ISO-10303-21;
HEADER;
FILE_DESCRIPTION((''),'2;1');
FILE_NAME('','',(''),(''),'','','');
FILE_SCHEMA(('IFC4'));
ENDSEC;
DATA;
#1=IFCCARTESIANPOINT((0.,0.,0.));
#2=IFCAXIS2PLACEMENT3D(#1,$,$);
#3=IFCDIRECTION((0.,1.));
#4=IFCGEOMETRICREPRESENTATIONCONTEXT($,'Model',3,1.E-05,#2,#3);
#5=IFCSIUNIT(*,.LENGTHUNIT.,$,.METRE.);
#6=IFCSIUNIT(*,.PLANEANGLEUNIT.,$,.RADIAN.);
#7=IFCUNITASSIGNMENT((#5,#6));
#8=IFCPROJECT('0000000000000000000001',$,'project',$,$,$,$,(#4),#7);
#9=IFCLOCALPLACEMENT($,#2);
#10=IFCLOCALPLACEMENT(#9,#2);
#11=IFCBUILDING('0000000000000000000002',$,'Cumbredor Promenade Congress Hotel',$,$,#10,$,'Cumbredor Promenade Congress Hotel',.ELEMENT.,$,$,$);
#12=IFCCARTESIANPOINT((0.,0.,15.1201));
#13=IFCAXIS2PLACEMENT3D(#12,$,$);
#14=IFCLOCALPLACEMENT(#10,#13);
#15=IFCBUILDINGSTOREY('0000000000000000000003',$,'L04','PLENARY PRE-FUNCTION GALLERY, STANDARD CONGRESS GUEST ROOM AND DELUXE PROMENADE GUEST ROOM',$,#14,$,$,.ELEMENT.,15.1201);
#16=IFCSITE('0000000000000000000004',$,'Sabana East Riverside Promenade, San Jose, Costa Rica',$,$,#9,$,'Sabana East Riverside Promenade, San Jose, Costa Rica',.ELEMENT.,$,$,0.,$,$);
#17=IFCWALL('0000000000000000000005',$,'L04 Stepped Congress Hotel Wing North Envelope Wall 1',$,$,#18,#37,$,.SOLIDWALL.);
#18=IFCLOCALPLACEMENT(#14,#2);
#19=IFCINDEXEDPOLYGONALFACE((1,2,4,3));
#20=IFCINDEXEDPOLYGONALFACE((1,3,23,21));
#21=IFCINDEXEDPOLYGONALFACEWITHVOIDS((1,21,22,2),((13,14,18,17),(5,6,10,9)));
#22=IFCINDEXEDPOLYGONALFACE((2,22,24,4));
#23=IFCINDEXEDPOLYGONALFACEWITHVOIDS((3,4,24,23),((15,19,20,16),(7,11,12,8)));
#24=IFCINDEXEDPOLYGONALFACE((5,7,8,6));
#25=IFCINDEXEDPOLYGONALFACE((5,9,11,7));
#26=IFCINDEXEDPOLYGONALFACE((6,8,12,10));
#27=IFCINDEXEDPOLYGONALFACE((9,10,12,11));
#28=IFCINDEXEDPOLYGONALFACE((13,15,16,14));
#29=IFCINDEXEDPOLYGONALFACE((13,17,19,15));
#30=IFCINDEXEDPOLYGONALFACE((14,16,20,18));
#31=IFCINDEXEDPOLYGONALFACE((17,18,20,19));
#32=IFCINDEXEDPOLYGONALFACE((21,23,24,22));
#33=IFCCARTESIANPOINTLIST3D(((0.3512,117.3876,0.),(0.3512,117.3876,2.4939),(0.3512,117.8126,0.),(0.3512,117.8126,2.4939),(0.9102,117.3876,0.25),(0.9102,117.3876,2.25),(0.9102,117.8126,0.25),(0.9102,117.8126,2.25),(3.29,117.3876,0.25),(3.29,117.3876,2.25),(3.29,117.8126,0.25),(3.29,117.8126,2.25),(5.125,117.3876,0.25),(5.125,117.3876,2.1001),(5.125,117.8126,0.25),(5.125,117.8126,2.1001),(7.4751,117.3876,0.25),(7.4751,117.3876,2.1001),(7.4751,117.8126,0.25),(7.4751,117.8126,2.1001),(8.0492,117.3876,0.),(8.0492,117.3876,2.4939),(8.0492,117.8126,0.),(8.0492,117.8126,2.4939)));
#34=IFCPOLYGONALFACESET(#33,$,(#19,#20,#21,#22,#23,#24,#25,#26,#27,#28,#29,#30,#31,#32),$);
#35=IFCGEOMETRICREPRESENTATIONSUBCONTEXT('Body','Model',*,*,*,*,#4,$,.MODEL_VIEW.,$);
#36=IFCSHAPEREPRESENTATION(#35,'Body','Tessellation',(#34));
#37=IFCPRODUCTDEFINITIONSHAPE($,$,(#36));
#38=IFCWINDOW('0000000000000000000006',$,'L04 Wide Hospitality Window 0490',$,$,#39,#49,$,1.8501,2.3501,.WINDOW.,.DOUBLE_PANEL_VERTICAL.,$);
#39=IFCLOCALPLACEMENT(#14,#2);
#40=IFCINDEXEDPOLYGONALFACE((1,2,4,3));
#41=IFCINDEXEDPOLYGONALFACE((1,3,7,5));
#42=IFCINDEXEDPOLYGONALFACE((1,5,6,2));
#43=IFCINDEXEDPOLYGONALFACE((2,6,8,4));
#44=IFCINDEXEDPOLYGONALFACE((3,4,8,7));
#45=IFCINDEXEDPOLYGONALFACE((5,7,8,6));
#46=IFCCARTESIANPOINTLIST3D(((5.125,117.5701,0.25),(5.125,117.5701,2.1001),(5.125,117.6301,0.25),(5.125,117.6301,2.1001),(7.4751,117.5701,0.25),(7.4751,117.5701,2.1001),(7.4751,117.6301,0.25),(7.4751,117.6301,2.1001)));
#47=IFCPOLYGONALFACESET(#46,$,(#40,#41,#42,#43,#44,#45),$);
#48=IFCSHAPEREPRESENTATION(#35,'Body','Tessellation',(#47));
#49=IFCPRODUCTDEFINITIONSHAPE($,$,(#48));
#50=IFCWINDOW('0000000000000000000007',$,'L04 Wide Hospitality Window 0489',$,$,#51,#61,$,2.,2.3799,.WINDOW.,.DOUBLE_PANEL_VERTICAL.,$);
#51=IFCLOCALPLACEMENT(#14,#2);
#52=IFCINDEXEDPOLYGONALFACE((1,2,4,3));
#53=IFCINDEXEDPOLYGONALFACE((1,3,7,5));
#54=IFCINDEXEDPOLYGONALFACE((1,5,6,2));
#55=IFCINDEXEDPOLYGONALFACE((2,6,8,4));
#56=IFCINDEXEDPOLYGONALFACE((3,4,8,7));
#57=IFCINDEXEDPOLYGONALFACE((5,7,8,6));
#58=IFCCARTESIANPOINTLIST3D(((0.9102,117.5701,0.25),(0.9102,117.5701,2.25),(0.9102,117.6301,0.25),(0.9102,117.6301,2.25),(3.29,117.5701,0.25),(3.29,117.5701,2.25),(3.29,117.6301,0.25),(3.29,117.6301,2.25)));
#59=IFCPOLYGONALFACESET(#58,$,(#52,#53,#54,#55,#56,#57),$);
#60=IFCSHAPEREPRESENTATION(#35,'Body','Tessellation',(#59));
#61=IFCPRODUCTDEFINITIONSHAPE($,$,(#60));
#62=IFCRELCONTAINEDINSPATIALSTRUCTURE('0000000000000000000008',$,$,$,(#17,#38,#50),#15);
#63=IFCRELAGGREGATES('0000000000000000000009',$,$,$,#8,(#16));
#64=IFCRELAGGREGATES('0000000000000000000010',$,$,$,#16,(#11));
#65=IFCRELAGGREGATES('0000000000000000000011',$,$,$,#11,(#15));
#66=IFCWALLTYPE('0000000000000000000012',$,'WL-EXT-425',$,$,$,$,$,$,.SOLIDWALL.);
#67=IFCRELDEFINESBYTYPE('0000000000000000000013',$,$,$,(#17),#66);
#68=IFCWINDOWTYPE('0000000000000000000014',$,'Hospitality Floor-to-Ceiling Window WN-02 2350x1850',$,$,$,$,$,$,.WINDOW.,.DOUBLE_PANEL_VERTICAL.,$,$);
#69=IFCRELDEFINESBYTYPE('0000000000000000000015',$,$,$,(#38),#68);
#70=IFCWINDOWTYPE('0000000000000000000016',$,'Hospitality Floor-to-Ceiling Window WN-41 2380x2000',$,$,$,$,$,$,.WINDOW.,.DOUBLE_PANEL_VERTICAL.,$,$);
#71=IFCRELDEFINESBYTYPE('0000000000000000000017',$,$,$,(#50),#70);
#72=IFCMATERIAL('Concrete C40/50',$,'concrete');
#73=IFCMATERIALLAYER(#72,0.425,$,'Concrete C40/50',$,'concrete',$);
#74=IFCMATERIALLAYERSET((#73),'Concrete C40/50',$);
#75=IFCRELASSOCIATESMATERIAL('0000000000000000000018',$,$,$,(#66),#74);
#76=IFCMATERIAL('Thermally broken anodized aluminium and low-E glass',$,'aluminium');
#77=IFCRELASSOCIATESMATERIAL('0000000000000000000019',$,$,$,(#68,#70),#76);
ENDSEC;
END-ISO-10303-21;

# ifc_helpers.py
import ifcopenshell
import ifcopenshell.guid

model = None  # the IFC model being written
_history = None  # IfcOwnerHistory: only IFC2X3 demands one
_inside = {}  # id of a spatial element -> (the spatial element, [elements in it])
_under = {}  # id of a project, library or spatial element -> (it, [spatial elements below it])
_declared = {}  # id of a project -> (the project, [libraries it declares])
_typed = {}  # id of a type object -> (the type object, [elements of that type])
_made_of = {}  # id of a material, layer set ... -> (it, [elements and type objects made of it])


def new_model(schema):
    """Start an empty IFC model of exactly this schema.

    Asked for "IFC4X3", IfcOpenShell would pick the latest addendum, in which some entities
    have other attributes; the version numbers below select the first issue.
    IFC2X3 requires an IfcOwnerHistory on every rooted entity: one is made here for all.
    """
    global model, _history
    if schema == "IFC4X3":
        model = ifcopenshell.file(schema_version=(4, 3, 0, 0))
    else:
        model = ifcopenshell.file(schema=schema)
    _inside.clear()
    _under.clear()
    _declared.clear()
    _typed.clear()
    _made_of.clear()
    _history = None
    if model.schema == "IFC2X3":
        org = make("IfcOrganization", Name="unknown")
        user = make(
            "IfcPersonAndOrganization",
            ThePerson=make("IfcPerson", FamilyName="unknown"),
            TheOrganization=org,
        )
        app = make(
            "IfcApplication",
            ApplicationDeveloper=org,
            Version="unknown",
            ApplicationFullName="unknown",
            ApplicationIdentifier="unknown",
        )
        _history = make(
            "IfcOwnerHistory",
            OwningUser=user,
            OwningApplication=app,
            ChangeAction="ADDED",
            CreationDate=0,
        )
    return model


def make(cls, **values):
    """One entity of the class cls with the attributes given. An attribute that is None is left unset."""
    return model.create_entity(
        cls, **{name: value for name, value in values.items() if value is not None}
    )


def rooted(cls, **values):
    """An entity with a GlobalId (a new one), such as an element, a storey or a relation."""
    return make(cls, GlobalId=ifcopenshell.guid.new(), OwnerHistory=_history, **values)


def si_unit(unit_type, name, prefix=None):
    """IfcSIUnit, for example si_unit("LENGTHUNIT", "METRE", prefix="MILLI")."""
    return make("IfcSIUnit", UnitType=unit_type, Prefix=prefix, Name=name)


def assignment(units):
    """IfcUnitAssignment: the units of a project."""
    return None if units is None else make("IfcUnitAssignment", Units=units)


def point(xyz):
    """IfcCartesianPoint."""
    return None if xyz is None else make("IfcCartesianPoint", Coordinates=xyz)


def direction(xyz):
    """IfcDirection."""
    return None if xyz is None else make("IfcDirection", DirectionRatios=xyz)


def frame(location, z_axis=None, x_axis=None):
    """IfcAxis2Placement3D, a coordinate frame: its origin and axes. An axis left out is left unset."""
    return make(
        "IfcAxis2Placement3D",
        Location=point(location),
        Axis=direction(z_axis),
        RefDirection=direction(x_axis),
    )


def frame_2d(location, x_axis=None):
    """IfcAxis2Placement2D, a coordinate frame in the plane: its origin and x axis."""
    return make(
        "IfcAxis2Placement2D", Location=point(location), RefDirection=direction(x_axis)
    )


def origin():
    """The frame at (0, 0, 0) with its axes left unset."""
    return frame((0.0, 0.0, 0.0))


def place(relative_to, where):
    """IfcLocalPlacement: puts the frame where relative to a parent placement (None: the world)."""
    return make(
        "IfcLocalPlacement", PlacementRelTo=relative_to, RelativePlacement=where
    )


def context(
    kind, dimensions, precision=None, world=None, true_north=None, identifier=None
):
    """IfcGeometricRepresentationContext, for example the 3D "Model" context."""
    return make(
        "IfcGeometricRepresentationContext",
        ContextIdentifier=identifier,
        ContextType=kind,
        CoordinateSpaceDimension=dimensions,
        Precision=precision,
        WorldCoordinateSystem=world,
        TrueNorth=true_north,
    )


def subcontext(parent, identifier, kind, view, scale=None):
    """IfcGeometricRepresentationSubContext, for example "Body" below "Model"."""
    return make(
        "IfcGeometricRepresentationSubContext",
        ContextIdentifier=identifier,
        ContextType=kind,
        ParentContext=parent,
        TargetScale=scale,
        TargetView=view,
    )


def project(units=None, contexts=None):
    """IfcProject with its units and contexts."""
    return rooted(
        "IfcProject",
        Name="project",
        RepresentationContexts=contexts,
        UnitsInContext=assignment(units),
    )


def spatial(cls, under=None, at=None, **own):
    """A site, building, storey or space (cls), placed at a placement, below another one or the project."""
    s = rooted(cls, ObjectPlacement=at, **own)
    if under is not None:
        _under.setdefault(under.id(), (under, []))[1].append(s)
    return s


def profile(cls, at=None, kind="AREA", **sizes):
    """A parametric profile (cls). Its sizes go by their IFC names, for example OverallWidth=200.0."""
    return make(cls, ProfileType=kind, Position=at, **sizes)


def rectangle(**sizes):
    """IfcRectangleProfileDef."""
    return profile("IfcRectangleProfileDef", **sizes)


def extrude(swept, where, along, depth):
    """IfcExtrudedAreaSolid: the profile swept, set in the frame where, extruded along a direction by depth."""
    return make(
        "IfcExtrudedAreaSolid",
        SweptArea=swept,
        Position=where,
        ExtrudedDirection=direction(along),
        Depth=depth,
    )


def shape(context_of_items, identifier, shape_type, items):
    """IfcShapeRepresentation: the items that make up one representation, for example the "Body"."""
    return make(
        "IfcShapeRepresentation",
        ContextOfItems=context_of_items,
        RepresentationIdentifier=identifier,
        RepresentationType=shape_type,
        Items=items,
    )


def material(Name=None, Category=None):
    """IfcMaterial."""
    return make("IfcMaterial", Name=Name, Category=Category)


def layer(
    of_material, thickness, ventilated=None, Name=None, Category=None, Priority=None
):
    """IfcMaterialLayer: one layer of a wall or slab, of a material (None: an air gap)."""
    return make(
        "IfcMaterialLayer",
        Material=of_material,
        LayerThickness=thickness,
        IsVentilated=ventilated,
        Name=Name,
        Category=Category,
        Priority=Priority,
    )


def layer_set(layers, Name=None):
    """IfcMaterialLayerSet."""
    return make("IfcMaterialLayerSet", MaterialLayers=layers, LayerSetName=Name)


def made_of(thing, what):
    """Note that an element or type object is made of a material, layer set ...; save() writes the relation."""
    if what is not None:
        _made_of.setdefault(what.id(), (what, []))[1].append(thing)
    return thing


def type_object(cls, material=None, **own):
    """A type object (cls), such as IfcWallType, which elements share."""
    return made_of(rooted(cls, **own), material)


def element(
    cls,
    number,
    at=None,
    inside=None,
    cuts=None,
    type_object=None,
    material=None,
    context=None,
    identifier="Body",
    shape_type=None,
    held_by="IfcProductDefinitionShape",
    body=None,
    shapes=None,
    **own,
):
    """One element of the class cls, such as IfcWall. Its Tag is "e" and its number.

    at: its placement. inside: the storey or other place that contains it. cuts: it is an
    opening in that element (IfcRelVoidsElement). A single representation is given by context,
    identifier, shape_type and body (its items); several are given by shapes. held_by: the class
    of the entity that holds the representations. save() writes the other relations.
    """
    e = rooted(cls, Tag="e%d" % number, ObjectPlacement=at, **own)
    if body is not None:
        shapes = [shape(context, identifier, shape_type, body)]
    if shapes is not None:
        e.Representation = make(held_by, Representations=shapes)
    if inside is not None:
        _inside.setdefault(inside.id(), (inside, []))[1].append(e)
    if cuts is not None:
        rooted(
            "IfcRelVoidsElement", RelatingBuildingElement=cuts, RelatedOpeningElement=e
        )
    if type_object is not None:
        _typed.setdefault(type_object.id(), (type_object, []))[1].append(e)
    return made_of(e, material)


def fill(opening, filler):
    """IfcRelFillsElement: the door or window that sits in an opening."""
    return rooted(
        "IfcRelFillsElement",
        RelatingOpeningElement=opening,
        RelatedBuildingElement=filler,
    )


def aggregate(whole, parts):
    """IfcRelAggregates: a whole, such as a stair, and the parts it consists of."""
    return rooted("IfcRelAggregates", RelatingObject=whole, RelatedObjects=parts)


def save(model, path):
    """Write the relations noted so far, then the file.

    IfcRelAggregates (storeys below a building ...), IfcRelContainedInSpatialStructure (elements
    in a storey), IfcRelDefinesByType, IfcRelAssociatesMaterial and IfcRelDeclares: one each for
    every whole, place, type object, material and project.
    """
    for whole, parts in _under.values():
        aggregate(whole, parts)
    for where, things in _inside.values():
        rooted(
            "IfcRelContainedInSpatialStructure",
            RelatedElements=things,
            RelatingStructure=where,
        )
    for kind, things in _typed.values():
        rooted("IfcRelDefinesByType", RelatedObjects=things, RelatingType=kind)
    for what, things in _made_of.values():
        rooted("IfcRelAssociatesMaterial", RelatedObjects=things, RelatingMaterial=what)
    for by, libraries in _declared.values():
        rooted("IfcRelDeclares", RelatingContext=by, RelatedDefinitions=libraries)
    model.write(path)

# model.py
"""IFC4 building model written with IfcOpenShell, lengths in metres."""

from ifc_helpers import new_model, si_unit, direction, frame, frame_2d, origin, place, context, subcontext, project, spatial, rectangle, extrude, material, layer, layer_set, type_object, element, fill, save


model = new_model("IFC4")

# Units and contexts
model_context = context("Model", 3, precision=1e-05, world=origin(), true_north=direction((0.0, 1.0)))
body_context = subcontext(model_context, "Body", "Model", "MODEL_VIEW")
ifc_project = project(units=[si_unit("LENGTHUNIT", "METRE"), si_unit("PLANEANGLEUNIT", "RADIAN")], contexts=[model_context])

# Site, building, storey
site_placement = place(None, origin())
site = spatial("IfcSite", under=ifc_project, at=site_placement, Name="Sabana East Riverside Promenade, San Jose, Costa Rica", LongName="Sabana East Riverside Promenade, San Jose, Costa Rica", CompositionType="ELEMENT", RefElevation=0.0)
building_placement = place(site_placement, origin())
building = spatial("IfcBuilding", under=site, at=building_placement, Name="Cumbredor Promenade Congress Hotel", LongName="Cumbredor Promenade Congress Hotel", CompositionType="ELEMENT")
storey_placement = place(building_placement, frame((0.0, 0.0, 15.1201)))
storey = spatial("IfcBuildingStorey", under=building, at=storey_placement, Name="L04", Description="PLENARY PRE-FUNCTION GALLERY, STANDARD CONGRESS GUEST ROOM AND DELUXE PROMENADE GUEST ROOM", CompositionType="ELEMENT", Elevation=15.1201)

# Shared definitions
ifc_material_1 = material(Name="Concrete C40/50", Category="concrete")

# Shared definitions
ifc_material_2 = material(Name="Thermally broken anodized aluminium and low-E glass", Category="aluminium")

# Wall, openings, windows
ifc_layer_1 = layer(ifc_material_1, 0.425, Name="Concrete C40/50", Category="concrete")
ifc_layer_set_1 = layer_set([ifc_layer_1], Name="Concrete C40/50")
wall_type_1 = type_object("IfcWallType", Name="WL-EXT-425", PredefinedType="SOLIDWALL", material=ifc_layer_set_1)
wall_1_placement = place(storey_placement, frame((0.3511, 117.6001, 0.0), z_axis=(0.0, 0.0, 1.0), x_axis=(1.0, 0.0, 0.0)))
wall_1 = element("IfcWall", 1, at=wall_1_placement, inside=storey, type_object=wall_type_1, Name="L04 Stepped Congress Hotel Wing North Envelope Wall 1", PredefinedType="SOLIDWALL", context=body_context, shape_type="SweptSolid", body=[
    extrude(rectangle(XDim=7.698, YDim=0.425, at=frame_2d((3.8491, 0.0))), origin(), (0.0, 0.0, 1.0), 2.4939),
])
opening_1_placement = place(wall_1_placement, frame((0.5591, 0.0, 0.25)))
opening_1 = element("IfcOpeningElement", 2, at=opening_1_placement, cuts=wall_1, PredefinedType="OPENING", context=body_context, shape_type="SweptSolid", body=[
    extrude(rectangle(XDim=2.3799, YDim=2.0, at=frame_2d((1.1899, 1.0))), frame((0.0, 0.2227, 0.0), z_axis=(0.0, -1.0, 0.0), x_axis=(1.0, 0.0, 0.0)), (0.0, 0.0, 1.0), 0.4451),
])
opening_2_placement = place(wall_1_placement, frame((4.7739, 0.0, 0.25)))
opening_2 = element("IfcOpeningElement", 3, at=opening_2_placement, cuts=wall_1, PredefinedType="OPENING", context=body_context, shape_type="SweptSolid", body=[
    extrude(rectangle(XDim=2.3501, YDim=1.8501, at=frame_2d((1.175, 0.925))), frame((0.0, 0.2227, 0.0), z_axis=(0.0, -1.0, 0.0), x_axis=(1.0, 0.0, 0.0)), (0.0, 0.0, 1.0), 0.4451),
])
window_type_1 = type_object("IfcWindowType", Name="Hospitality Floor-to-Ceiling Window WN-02 2350x1850", PartitioningType="DOUBLE_PANEL_VERTICAL", PredefinedType="WINDOW", material=ifc_material_2)
window_1_placement = place(opening_2_placement, origin())
window_1 = element("IfcWindow", 4, at=window_1_placement, inside=storey, type_object=window_type_1, Name="L04 Wide Hospitality Window 0490", OverallHeight=1.8501, OverallWidth=2.3501, PartitioningType="DOUBLE_PANEL_VERTICAL", PredefinedType="WINDOW", context=body_context, shape_type="SweptSolid", body=[
    extrude(rectangle(XDim=2.3501, YDim=1.8501, at=frame_2d((1.175, 0.925))), frame((0.0, 0.03, 0.0), z_axis=(0.0, -1.0, 0.0), x_axis=(1.0, 0.0, 0.0)), (0.0, 0.0, 1.0), 0.0601),
])
fill(opening_2, window_1)
window_type_2 = type_object("IfcWindowType", Name="Hospitality Floor-to-Ceiling Window WN-41 2380x2000", PartitioningType="DOUBLE_PANEL_VERTICAL", PredefinedType="WINDOW", material=ifc_material_2)
window_2_placement = place(opening_1_placement, origin())
window_2 = element("IfcWindow", 5, at=window_2_placement, inside=storey, type_object=window_type_2, Name="L04 Wide Hospitality Window 0489", OverallHeight=2.0, OverallWidth=2.3799, PartitioningType="DOUBLE_PANEL_VERTICAL", PredefinedType="WINDOW", context=body_context, shape_type="SweptSolid", body=[
    extrude(rectangle(XDim=2.3799, YDim=2.0, at=frame_2d((1.1899, 1.0))), frame((0.0, 0.03, 0.0), z_axis=(0.0, -1.0, 0.0), x_axis=(1.0, 0.0, 0.0)), (0.0, 0.0, 1.0), 0.0601),
])
fill(opening_1, window_2)

save(model, "model.ifc")
